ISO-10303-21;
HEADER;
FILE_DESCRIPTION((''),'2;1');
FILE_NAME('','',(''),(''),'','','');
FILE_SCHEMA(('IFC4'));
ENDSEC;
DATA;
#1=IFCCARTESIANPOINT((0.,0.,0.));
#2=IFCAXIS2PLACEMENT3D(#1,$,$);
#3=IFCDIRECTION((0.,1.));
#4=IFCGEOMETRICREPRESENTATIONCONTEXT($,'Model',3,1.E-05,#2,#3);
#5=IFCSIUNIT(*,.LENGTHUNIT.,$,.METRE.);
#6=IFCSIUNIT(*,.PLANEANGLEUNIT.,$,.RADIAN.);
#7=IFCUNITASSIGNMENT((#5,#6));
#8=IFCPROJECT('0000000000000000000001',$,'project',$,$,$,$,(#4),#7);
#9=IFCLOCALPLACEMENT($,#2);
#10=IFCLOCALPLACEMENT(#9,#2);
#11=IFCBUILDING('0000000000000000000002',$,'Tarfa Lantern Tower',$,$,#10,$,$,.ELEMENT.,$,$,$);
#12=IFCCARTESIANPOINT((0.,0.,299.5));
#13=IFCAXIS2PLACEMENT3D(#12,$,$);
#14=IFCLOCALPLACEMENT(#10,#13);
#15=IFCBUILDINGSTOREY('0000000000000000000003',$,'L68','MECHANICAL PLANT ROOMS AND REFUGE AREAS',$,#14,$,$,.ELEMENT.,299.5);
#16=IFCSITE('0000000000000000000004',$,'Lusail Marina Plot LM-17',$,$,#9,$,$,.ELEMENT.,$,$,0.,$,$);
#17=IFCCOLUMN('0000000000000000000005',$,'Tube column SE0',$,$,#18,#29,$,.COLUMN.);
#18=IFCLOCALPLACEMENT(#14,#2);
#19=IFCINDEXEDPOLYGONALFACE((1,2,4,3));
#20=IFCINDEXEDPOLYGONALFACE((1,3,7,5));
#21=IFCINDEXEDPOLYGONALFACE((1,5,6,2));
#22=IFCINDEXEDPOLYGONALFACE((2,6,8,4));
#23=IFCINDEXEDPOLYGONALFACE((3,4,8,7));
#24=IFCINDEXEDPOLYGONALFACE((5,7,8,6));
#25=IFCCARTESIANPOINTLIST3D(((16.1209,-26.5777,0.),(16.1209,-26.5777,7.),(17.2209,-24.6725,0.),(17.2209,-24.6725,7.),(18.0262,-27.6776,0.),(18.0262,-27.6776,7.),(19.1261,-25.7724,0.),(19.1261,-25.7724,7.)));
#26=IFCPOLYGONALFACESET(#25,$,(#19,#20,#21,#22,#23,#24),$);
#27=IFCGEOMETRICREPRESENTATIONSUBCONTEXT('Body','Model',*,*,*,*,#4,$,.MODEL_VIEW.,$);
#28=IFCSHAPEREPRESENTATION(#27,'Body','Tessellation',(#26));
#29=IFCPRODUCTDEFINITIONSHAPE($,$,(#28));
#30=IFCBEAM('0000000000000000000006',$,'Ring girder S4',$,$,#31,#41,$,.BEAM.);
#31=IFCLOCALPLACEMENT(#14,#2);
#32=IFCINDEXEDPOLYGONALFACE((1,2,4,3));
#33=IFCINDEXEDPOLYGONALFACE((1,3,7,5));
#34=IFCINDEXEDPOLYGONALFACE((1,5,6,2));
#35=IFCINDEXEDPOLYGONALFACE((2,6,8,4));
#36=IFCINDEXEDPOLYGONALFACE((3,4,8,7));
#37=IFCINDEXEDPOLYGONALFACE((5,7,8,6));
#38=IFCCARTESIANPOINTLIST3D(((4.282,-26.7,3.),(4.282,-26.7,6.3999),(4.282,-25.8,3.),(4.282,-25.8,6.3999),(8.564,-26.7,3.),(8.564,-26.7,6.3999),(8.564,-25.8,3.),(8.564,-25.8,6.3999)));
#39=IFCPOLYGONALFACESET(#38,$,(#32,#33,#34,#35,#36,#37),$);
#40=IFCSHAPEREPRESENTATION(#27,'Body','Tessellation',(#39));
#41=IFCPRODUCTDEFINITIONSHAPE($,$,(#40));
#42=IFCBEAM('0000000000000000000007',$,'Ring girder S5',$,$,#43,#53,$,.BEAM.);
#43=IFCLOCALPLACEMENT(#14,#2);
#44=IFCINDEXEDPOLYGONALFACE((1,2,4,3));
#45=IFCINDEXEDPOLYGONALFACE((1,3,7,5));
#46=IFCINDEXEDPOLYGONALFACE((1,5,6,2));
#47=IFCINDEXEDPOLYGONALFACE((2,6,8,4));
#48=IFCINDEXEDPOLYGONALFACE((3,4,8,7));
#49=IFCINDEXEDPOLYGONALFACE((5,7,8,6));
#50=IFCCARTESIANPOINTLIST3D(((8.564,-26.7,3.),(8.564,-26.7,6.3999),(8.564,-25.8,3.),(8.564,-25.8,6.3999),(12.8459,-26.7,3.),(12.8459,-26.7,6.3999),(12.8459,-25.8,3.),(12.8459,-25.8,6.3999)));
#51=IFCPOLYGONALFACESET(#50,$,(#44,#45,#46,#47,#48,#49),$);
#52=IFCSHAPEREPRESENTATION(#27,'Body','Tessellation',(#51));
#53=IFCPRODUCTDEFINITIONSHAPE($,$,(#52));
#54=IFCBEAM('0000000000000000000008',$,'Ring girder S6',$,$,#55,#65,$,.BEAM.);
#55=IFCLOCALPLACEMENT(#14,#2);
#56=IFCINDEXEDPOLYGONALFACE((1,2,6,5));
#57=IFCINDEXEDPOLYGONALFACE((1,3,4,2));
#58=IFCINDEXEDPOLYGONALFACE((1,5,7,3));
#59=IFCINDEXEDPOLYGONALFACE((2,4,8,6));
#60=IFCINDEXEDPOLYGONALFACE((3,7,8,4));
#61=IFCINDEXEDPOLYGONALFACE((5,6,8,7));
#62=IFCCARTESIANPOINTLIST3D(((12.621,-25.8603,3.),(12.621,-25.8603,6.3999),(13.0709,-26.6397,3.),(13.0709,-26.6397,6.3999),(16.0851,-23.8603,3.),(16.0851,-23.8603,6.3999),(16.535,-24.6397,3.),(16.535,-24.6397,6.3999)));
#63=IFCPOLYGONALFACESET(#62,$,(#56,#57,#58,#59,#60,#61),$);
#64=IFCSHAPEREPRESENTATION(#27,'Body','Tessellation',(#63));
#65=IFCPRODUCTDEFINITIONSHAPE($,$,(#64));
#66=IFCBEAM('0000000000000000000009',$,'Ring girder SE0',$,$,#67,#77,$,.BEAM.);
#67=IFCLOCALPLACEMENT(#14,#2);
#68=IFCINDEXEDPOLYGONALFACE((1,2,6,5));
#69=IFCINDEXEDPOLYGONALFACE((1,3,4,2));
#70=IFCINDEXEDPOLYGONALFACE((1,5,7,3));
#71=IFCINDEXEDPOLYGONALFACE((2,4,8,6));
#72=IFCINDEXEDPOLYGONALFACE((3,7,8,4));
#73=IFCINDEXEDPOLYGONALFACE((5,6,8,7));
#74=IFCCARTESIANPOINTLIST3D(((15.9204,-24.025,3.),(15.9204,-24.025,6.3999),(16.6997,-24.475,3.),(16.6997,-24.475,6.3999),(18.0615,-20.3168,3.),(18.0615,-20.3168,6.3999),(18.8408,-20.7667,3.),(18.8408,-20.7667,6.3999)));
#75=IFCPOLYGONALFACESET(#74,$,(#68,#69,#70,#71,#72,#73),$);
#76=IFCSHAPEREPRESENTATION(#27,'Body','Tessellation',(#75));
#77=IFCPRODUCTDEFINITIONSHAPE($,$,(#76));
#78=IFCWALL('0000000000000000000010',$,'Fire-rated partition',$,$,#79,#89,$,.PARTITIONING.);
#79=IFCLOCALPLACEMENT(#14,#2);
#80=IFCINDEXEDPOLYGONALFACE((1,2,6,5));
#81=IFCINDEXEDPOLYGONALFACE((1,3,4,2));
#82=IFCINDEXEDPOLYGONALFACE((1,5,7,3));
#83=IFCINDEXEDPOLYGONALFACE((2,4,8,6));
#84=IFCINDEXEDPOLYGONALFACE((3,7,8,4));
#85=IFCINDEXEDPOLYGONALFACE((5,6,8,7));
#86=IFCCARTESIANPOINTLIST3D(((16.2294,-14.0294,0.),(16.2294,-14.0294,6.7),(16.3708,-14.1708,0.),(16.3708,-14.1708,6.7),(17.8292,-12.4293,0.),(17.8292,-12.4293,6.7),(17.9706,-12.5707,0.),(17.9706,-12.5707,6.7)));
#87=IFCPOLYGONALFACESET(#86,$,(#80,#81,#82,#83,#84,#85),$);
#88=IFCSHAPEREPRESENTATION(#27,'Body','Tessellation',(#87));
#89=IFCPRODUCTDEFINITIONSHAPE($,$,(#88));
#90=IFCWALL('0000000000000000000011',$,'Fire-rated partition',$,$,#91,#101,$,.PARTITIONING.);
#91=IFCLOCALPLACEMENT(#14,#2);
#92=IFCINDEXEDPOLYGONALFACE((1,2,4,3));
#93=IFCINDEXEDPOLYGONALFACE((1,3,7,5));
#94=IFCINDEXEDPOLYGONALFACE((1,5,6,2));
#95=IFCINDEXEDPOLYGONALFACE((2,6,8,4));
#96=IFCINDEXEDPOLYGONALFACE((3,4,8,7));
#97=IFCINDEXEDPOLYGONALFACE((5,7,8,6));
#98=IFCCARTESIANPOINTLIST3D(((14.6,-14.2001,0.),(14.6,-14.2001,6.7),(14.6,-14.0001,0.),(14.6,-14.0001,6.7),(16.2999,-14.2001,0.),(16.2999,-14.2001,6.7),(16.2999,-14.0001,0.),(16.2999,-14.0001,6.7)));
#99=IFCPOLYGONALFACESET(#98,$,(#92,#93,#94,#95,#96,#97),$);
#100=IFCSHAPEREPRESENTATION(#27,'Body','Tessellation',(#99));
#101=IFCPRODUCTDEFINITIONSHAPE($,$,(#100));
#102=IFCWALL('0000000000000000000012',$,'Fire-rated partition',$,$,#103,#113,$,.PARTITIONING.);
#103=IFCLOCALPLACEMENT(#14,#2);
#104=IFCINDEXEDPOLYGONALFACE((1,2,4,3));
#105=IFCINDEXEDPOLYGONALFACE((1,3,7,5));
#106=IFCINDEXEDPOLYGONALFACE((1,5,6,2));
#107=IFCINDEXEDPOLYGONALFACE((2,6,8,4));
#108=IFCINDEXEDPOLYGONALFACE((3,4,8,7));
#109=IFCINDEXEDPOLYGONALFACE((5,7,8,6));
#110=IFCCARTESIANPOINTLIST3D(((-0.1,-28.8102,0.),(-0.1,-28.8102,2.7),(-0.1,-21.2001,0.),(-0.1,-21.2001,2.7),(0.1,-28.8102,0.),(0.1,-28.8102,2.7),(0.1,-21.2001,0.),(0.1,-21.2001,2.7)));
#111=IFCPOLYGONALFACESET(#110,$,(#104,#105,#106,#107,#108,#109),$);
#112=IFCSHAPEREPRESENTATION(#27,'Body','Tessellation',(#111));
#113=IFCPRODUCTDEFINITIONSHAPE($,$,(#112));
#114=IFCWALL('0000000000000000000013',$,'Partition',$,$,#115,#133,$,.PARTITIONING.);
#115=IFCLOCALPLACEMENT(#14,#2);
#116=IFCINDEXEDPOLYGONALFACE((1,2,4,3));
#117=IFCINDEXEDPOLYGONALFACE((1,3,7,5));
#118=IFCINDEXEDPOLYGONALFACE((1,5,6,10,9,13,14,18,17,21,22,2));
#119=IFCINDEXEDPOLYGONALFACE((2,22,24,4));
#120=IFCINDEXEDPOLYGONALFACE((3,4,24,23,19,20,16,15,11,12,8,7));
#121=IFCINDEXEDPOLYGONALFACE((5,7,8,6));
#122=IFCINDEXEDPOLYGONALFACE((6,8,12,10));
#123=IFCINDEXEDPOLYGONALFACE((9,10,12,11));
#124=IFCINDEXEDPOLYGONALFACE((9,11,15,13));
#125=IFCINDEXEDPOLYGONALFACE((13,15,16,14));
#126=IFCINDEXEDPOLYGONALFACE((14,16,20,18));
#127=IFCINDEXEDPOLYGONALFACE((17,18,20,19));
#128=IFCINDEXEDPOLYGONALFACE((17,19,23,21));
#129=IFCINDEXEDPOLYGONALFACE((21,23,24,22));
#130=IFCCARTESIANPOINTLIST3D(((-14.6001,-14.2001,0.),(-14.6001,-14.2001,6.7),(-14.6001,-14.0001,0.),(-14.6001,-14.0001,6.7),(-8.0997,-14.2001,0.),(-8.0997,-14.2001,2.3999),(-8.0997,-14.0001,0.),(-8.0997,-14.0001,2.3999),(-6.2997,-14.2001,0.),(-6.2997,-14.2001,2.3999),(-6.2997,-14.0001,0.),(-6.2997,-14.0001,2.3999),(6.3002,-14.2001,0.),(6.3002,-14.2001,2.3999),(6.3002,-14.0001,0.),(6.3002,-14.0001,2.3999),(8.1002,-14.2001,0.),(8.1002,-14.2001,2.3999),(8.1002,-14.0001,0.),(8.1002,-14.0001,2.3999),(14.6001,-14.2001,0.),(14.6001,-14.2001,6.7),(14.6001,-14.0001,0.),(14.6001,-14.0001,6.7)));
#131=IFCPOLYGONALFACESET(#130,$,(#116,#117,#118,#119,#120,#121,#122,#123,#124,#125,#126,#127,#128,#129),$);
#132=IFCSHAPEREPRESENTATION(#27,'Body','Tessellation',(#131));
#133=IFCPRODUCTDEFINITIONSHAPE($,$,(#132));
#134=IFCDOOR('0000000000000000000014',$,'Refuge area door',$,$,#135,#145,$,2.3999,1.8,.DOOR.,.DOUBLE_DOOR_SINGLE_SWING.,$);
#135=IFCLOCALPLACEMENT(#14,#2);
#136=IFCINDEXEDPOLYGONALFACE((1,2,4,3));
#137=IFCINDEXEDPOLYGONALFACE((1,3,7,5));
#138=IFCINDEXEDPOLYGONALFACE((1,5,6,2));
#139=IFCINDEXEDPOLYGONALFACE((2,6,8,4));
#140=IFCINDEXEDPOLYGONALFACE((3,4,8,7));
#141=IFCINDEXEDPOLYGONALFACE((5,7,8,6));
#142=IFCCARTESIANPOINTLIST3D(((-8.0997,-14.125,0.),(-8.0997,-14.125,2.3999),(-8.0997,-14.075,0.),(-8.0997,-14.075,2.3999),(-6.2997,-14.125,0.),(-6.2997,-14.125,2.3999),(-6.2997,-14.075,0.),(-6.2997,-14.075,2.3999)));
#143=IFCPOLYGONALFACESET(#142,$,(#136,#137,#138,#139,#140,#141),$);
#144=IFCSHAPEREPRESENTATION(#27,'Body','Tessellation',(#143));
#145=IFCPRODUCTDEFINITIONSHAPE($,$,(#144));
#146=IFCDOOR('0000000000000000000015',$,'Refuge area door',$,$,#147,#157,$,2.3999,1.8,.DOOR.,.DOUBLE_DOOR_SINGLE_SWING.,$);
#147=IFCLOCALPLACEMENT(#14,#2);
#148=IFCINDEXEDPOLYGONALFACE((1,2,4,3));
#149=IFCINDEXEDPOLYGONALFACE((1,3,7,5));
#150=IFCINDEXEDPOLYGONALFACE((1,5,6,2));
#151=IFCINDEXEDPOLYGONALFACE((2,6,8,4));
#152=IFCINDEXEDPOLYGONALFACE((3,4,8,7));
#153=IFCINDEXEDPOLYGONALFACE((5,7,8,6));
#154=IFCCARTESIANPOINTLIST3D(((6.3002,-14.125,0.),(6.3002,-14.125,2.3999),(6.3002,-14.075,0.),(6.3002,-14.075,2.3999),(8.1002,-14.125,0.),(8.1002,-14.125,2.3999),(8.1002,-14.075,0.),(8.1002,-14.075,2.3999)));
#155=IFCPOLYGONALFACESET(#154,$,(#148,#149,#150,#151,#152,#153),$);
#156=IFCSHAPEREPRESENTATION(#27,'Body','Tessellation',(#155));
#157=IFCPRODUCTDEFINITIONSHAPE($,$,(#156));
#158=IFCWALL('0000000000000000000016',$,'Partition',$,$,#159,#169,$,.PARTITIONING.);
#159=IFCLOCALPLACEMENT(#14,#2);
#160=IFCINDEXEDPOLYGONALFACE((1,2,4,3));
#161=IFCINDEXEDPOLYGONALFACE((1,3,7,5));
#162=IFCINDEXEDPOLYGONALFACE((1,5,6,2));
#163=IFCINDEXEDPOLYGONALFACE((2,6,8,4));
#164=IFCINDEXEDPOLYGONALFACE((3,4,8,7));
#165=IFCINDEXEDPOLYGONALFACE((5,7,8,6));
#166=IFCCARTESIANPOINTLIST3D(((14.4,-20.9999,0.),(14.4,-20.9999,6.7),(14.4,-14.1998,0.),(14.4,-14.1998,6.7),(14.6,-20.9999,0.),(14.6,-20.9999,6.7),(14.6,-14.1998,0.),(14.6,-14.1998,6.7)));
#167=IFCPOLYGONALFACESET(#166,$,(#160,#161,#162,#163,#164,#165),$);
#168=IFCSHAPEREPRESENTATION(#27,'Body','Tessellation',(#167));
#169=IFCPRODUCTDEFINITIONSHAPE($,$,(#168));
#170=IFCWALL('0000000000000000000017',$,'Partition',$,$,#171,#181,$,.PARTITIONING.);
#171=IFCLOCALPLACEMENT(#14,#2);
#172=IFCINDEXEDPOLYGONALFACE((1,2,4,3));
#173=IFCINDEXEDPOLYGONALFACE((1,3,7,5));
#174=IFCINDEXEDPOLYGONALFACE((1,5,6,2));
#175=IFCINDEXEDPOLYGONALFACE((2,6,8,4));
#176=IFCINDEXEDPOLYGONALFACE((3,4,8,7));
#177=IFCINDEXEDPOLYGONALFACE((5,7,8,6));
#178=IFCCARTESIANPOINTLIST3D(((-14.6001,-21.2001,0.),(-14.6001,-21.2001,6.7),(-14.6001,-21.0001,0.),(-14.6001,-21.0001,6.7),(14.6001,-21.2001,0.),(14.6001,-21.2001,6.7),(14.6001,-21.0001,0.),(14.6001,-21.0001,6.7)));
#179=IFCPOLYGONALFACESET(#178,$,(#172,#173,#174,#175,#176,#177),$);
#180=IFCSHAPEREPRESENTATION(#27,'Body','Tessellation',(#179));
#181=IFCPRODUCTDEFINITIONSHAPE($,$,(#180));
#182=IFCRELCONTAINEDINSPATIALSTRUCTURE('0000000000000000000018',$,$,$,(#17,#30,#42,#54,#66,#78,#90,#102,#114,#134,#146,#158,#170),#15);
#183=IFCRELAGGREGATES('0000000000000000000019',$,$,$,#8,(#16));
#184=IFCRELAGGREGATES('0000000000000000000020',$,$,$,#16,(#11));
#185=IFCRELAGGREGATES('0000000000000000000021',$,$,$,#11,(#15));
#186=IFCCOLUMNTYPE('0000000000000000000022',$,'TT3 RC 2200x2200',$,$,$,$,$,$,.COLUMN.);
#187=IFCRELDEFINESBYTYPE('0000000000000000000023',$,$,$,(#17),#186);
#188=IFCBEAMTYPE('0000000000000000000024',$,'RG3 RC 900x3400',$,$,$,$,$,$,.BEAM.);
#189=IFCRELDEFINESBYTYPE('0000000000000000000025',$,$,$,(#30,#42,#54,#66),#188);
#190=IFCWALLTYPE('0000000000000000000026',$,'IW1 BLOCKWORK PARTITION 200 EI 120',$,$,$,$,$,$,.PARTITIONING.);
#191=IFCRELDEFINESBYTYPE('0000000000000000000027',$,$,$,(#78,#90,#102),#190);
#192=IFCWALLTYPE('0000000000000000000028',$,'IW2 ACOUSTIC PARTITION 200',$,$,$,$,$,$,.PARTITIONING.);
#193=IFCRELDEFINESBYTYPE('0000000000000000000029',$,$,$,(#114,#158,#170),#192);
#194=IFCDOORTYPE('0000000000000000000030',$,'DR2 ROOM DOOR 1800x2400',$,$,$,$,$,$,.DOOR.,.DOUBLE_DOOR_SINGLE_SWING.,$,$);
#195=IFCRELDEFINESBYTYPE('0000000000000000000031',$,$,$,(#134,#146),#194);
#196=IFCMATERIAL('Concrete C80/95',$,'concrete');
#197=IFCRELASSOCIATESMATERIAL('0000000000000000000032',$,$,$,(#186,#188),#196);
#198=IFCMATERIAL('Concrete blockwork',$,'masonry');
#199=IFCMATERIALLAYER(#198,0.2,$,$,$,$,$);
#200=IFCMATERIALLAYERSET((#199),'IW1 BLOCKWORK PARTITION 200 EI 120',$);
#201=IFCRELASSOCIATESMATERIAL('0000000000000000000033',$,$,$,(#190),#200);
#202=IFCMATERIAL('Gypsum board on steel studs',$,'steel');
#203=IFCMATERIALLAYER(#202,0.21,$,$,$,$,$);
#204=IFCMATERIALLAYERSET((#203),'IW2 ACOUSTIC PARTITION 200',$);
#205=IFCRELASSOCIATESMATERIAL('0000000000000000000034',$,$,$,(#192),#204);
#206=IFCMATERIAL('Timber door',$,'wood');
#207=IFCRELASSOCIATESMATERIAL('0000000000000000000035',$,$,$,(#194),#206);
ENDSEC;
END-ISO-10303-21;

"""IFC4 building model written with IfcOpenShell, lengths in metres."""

from ifc_helpers import new_model, si_unit, direction, frame, frame_2d, origin, origin_2d, place, context, subcontext, project, spatial, rectangle, extrude, material, layer, layer_set, material_profile, profile_set, type_object, element, fill, save


model = new_model("IFC4")

# Units and contexts
model_context = context("Model", 3, precision=1e-05, world=origin(), true_north=direction((0.0, 1.0)))
body_context = subcontext(model_context, "Body", "Model", "MODEL_VIEW")
ifc_project = project(units=[si_unit("LENGTHUNIT", "METRE"), si_unit("PLANEANGLEUNIT", "RADIAN")], contexts=[model_context])

# Site, building, storey
site_placement = place(None, origin())
site = spatial("IfcSite", under=ifc_project, at=site_placement, Name="Lusail Marina Plot LM-17", CompositionType="ELEMENT", RefElevation=0.0)
building_placement = place(site_placement, origin())
building = spatial("IfcBuilding", under=site, at=building_placement, Name="Tarfa Lantern Tower", CompositionType="ELEMENT")
storey_placement = place(building_placement, frame((0.0, 0.0, 299.5)))
storey = spatial("IfcBuildingStorey", under=building, at=storey_placement, Name="L68", Description="MECHANICAL PLANT ROOMS AND REFUGE AREAS", CompositionType="ELEMENT", Elevation=299.5)

# Column
ifc_material_1 = material(Name="Concrete C80/95", Category="concrete")
ifc_material_profile_1 = material_profile(ifc_material_1, rectangle(XDim=2.2, YDim=2.2, at=origin_2d()), Name="RC 2200x2200")
ifc_profile_set_1 = profile_set([ifc_material_profile_1], Name="Concrete C80/95")
column_type = type_object("IfcColumnType", Name="TT3 RC 2200x2200", PredefinedType="COLUMN", material=ifc_profile_set_1)
column_placement = place(storey_placement, frame((17.6235, -26.175, 0.0), z_axis=(0.0, 0.0, 1.0), x_axis=(0.5, 0.866025, 0.0)))
element("IfcColumn", 1, at=column_placement, inside=storey, type_object=column_type, Name="Tube column SE0", PredefinedType="COLUMN", context=body_context, shape_type="SweptSolid", body=[
    extrude(rectangle(XDim=2.2, YDim=2.2, at=origin_2d()), origin(), (0.0, 0.0, 1.0), 7.0),
])

# Beams
ifc_material_profile_2 = material_profile(ifc_material_1, rectangle(XDim=0.8999, YDim=3.3999, at=origin_2d()), Name="RC 900x3400")
ifc_profile_set_2 = profile_set([ifc_material_profile_2], Name="Concrete C80/95")
beam_type = type_object("IfcBeamType", Name="RG3 RC 900x3400", PredefinedType="BEAM", material=ifc_profile_set_2)
for number, where, z_axis, x_axis, name in (
    (2, (4.282, -26.25, 4.7), (1.0, 0.0, 0.0), (0.0, 1.0, 0.0), "Ring girder S4"),
    (3, (8.564, -26.25, 4.7), (1.0, 0.0, 0.0), (0.0, 1.0, 0.0), "Ring girder S5"),
):
    element("IfcBeam", number, at=place(storey_placement, frame(where, z_axis=z_axis, x_axis=x_axis)), inside=storey, type_object=beam_type, Name=name, PredefinedType="BEAM", context=body_context, shape_type="SweptSolid", body=[
        extrude(rectangle(XDim=0.8999, YDim=3.3999, at=origin_2d()), origin(), (0.0, 0.0, 1.0), 4.282),
    ])
beam_1_placement = place(storey_placement, frame((12.8459, -26.25, 4.7), z_axis=(0.866026, 0.499999, 0.0), x_axis=(-0.499999, 0.866026, 0.0)))
element("IfcBeam", 4, at=beam_1_placement, inside=storey, type_object=beam_type, Name="Ring girder S6", PredefinedType="BEAM", context=body_context, shape_type="SweptSolid", body=[
    extrude(rectangle(XDim=0.8999, YDim=3.3999, at=origin_2d()), origin(), (0.0, 0.0, 1.0), 4.0),
])
beam_2_placement = place(storey_placement, frame((16.3101, -24.25, 4.7), z_axis=(0.500027, 0.86601, 0.0), x_axis=(-0.86601, 0.500027, 0.0)))
element("IfcBeam", 5, at=beam_2_placement, inside=storey, type_object=beam_type, Name="Ring girder SE0", PredefinedType="BEAM", context=body_context, shape_type="SweptSolid", body=[
    extrude(rectangle(XDim=0.8999, YDim=3.3999, at=origin_2d()), origin(), (0.0, 0.0, 1.0), 4.282),
])

# Walls
ifc_material_2 = material(Name="Concrete blockwork", Category="masonry")
ifc_layer_1 = layer(ifc_material_2, 0.2)
ifc_layer_set_1 = layer_set([ifc_layer_1], Name="IW1 BLOCKWORK PARTITION 200 EI 120")
wall_type_1 = type_object("IfcWallType", Name="IW1 BLOCKWORK PARTITION 200 EI 120", PredefinedType="PARTITIONING", material=ifc_layer_set_1)
wall_1_placement = place(storey_placement, frame((17.8999, -12.5, 0.0), z_axis=(0.0, 0.0, 1.0), x_axis=(-0.707053, -0.707161, 0.0)))
element("IfcWall", 6, at=wall_1_placement, inside=storey, type_object=wall_type_1, Name="Fire-rated partition", PredefinedType="PARTITIONING", context=body_context, shape_type="SweptSolid", body=[
    extrude(rectangle(XDim=2.2627, YDim=0.2, at=frame_2d((1.1313, 0.0))), origin(), (0.0, 0.0, 1.0), 6.7),
])
wall_2_placement = place(storey_placement, frame((16.3, -14.1001, 0.0), z_axis=(0.0, 0.0, 1.0), x_axis=(-1.0, 0.0, 0.0)))
element("IfcWall", 7, at=wall_2_placement, inside=storey, type_object=wall_type_1, Name="Fire-rated partition", PredefinedType="PARTITIONING", context=body_context, shape_type="SweptSolid", body=[
    extrude(rectangle(XDim=1.7, YDim=0.2, at=frame_2d((0.8501, 0.0))), origin(), (0.0, 0.0, 1.0), 6.7),
])
wall_3_placement = place(storey_placement, frame((0.0, -21.2, 0.0), z_axis=(0.0, 0.0, 1.0), x_axis=(0.0, -1.0, 0.0)))
element("IfcWall", 8, at=wall_3_placement, inside=storey, type_object=wall_type_1, Name="Fire-rated partition", PredefinedType="PARTITIONING", context=body_context, shape_type="SweptSolid", body=[
    extrude(rectangle(XDim=7.6101, YDim=0.2, at=frame_2d((3.8052, 0.0))), origin(), (0.0, 0.0, 1.0), 2.7),
])

# Wall, openings, doors
ifc_material_3 = material(Name="Gypsum board on steel studs", Category="steel")
ifc_layer_2 = layer(ifc_material_3, 0.21)
ifc_layer_set_2 = layer_set([ifc_layer_2], Name="IW2 ACOUSTIC PARTITION 200")
wall_type_2 = type_object("IfcWallType", Name="IW2 ACOUSTIC PARTITION 200", PredefinedType="PARTITIONING", material=ifc_layer_set_2)
wall_4_placement = place(storey_placement, frame((14.6001, -14.1001, 0.0), z_axis=(0.0, 0.0, 1.0), x_axis=(-1.0, 0.0, 0.0)))
wall_4 = element("IfcWall", 9, at=wall_4_placement, inside=storey, type_object=wall_type_2, Name="Partition", PredefinedType="PARTITIONING", context=body_context, shape_type="SweptSolid", body=[
    extrude(rectangle(XDim=29.2002, YDim=0.2, at=frame_2d((14.6001, 0.0))), origin(), (0.0, 0.0, 1.0), 6.7),
])
opening_1_placement = place(wall_4_placement, frame((20.8999, 0.0, 0.0)))
opening_1 = element("IfcOpeningElement", 10, at=opening_1_placement, cuts=wall_4, PredefinedType="OPENING", context=body_context, shape_type="SweptSolid", body=[
    extrude(rectangle(XDim=1.8, YDim=2.3999, at=frame_2d((0.8999, 1.2))), frame((0.0, 0.1099, 0.0), z_axis=(0.0, -1.0, 0.0), x_axis=(1.0, 0.0, 0.0)), (0.0, 0.0, 1.0), 0.22),
])
opening_2_placement = place(wall_4_placement, frame((6.5, 0.0, 0.0)))
opening_2 = element("IfcOpeningElement", 11, at=opening_2_placement, cuts=wall_4, PredefinedType="OPENING", context=body_context, shape_type="SweptSolid", body=[
    extrude(rectangle(XDim=1.8, YDim=2.3999, at=frame_2d((0.8999, 1.2))), frame((0.0, 0.1099, 0.0), z_axis=(0.0, -1.0, 0.0), x_axis=(1.0, 0.0, 0.0)), (0.0, 0.0, 1.0), 0.22),
])
ifc_material_4 = material(Name="Timber door", Category="wood")
door_type_1 = type_object("IfcDoorType", Name="DR2 ROOM DOOR 1800x2400", OperationType="DOUBLE_DOOR_SINGLE_SWING", PredefinedType="DOOR", material=ifc_material_4)
door_1_placement = place(opening_1_placement, origin())
door_1 = element("IfcDoor", 12, at=door_1_placement, inside=storey, type_object=door_type_1, Name="Refuge area door", OperationType="DOUBLE_DOOR_SINGLE_SWING", OverallHeight=2.3999, OverallWidth=1.8, PredefinedType="DOOR", context=body_context, shape_type="SweptSolid", body=[
    extrude(rectangle(XDim=1.8, YDim=2.3999, at=frame_2d((0.8999, 1.2))), frame((0.0, 0.0249, 0.0), z_axis=(0.0, -1.0, 0.0), x_axis=(1.0, 0.0, 0.0)), (0.0, 0.0, 1.0), 0.05),
])
fill(opening_1, door_1)
door_2_placement = place(opening_2_placement, origin())
door_2 = element("IfcDoor", 13, at=door_2_placement, inside=storey, type_object=door_type_1, Name="Refuge area door", OperationType="DOUBLE_DOOR_SINGLE_SWING", OverallHeight=2.3999, OverallWidth=1.8, PredefinedType="DOOR", context=body_context, shape_type="SweptSolid", body=[
    extrude(rectangle(XDim=1.8, YDim=2.3999, at=frame_2d((0.8999, 1.2))), frame((0.0, 0.0249, 0.0), z_axis=(0.0, -1.0, 0.0), x_axis=(1.0, 0.0, 0.0)), (0.0, 0.0, 1.0), 0.05),
])
fill(opening_2, door_2)

# Walls
wall_5_placement = place(storey_placement, frame((14.5, -14.2, 0.0), z_axis=(0.0, 0.0, 1.0), x_axis=(0.0, -1.0, 0.0)))
element("IfcWall", 14, at=wall_5_placement, inside=storey, type_object=wall_type_2, Name="Partition", PredefinedType="PARTITIONING", context=body_context, shape_type="SweptSolid", body=[
    extrude(rectangle(XDim=6.8, YDim=0.2, at=frame_2d((3.3999, 0.0))), origin(), (0.0, 0.0, 1.0), 6.7),
])
wall_6_placement = place(storey_placement, frame((14.6001, -21.1001, 0.0), z_axis=(0.0, 0.0, 1.0), x_axis=(-1.0, 0.0, 0.0)))
element("IfcWall", 15, at=wall_6_placement, inside=storey, type_object=wall_type_2, Name="Partition", PredefinedType="PARTITIONING", context=body_context, shape_type="SweptSolid", body=[
    extrude(rectangle(XDim=29.2002, YDim=0.2, at=frame_2d((14.6001, 0.0))), origin(), (0.0, 0.0, 1.0), 6.7),
])

save(model, "model.ifc")
